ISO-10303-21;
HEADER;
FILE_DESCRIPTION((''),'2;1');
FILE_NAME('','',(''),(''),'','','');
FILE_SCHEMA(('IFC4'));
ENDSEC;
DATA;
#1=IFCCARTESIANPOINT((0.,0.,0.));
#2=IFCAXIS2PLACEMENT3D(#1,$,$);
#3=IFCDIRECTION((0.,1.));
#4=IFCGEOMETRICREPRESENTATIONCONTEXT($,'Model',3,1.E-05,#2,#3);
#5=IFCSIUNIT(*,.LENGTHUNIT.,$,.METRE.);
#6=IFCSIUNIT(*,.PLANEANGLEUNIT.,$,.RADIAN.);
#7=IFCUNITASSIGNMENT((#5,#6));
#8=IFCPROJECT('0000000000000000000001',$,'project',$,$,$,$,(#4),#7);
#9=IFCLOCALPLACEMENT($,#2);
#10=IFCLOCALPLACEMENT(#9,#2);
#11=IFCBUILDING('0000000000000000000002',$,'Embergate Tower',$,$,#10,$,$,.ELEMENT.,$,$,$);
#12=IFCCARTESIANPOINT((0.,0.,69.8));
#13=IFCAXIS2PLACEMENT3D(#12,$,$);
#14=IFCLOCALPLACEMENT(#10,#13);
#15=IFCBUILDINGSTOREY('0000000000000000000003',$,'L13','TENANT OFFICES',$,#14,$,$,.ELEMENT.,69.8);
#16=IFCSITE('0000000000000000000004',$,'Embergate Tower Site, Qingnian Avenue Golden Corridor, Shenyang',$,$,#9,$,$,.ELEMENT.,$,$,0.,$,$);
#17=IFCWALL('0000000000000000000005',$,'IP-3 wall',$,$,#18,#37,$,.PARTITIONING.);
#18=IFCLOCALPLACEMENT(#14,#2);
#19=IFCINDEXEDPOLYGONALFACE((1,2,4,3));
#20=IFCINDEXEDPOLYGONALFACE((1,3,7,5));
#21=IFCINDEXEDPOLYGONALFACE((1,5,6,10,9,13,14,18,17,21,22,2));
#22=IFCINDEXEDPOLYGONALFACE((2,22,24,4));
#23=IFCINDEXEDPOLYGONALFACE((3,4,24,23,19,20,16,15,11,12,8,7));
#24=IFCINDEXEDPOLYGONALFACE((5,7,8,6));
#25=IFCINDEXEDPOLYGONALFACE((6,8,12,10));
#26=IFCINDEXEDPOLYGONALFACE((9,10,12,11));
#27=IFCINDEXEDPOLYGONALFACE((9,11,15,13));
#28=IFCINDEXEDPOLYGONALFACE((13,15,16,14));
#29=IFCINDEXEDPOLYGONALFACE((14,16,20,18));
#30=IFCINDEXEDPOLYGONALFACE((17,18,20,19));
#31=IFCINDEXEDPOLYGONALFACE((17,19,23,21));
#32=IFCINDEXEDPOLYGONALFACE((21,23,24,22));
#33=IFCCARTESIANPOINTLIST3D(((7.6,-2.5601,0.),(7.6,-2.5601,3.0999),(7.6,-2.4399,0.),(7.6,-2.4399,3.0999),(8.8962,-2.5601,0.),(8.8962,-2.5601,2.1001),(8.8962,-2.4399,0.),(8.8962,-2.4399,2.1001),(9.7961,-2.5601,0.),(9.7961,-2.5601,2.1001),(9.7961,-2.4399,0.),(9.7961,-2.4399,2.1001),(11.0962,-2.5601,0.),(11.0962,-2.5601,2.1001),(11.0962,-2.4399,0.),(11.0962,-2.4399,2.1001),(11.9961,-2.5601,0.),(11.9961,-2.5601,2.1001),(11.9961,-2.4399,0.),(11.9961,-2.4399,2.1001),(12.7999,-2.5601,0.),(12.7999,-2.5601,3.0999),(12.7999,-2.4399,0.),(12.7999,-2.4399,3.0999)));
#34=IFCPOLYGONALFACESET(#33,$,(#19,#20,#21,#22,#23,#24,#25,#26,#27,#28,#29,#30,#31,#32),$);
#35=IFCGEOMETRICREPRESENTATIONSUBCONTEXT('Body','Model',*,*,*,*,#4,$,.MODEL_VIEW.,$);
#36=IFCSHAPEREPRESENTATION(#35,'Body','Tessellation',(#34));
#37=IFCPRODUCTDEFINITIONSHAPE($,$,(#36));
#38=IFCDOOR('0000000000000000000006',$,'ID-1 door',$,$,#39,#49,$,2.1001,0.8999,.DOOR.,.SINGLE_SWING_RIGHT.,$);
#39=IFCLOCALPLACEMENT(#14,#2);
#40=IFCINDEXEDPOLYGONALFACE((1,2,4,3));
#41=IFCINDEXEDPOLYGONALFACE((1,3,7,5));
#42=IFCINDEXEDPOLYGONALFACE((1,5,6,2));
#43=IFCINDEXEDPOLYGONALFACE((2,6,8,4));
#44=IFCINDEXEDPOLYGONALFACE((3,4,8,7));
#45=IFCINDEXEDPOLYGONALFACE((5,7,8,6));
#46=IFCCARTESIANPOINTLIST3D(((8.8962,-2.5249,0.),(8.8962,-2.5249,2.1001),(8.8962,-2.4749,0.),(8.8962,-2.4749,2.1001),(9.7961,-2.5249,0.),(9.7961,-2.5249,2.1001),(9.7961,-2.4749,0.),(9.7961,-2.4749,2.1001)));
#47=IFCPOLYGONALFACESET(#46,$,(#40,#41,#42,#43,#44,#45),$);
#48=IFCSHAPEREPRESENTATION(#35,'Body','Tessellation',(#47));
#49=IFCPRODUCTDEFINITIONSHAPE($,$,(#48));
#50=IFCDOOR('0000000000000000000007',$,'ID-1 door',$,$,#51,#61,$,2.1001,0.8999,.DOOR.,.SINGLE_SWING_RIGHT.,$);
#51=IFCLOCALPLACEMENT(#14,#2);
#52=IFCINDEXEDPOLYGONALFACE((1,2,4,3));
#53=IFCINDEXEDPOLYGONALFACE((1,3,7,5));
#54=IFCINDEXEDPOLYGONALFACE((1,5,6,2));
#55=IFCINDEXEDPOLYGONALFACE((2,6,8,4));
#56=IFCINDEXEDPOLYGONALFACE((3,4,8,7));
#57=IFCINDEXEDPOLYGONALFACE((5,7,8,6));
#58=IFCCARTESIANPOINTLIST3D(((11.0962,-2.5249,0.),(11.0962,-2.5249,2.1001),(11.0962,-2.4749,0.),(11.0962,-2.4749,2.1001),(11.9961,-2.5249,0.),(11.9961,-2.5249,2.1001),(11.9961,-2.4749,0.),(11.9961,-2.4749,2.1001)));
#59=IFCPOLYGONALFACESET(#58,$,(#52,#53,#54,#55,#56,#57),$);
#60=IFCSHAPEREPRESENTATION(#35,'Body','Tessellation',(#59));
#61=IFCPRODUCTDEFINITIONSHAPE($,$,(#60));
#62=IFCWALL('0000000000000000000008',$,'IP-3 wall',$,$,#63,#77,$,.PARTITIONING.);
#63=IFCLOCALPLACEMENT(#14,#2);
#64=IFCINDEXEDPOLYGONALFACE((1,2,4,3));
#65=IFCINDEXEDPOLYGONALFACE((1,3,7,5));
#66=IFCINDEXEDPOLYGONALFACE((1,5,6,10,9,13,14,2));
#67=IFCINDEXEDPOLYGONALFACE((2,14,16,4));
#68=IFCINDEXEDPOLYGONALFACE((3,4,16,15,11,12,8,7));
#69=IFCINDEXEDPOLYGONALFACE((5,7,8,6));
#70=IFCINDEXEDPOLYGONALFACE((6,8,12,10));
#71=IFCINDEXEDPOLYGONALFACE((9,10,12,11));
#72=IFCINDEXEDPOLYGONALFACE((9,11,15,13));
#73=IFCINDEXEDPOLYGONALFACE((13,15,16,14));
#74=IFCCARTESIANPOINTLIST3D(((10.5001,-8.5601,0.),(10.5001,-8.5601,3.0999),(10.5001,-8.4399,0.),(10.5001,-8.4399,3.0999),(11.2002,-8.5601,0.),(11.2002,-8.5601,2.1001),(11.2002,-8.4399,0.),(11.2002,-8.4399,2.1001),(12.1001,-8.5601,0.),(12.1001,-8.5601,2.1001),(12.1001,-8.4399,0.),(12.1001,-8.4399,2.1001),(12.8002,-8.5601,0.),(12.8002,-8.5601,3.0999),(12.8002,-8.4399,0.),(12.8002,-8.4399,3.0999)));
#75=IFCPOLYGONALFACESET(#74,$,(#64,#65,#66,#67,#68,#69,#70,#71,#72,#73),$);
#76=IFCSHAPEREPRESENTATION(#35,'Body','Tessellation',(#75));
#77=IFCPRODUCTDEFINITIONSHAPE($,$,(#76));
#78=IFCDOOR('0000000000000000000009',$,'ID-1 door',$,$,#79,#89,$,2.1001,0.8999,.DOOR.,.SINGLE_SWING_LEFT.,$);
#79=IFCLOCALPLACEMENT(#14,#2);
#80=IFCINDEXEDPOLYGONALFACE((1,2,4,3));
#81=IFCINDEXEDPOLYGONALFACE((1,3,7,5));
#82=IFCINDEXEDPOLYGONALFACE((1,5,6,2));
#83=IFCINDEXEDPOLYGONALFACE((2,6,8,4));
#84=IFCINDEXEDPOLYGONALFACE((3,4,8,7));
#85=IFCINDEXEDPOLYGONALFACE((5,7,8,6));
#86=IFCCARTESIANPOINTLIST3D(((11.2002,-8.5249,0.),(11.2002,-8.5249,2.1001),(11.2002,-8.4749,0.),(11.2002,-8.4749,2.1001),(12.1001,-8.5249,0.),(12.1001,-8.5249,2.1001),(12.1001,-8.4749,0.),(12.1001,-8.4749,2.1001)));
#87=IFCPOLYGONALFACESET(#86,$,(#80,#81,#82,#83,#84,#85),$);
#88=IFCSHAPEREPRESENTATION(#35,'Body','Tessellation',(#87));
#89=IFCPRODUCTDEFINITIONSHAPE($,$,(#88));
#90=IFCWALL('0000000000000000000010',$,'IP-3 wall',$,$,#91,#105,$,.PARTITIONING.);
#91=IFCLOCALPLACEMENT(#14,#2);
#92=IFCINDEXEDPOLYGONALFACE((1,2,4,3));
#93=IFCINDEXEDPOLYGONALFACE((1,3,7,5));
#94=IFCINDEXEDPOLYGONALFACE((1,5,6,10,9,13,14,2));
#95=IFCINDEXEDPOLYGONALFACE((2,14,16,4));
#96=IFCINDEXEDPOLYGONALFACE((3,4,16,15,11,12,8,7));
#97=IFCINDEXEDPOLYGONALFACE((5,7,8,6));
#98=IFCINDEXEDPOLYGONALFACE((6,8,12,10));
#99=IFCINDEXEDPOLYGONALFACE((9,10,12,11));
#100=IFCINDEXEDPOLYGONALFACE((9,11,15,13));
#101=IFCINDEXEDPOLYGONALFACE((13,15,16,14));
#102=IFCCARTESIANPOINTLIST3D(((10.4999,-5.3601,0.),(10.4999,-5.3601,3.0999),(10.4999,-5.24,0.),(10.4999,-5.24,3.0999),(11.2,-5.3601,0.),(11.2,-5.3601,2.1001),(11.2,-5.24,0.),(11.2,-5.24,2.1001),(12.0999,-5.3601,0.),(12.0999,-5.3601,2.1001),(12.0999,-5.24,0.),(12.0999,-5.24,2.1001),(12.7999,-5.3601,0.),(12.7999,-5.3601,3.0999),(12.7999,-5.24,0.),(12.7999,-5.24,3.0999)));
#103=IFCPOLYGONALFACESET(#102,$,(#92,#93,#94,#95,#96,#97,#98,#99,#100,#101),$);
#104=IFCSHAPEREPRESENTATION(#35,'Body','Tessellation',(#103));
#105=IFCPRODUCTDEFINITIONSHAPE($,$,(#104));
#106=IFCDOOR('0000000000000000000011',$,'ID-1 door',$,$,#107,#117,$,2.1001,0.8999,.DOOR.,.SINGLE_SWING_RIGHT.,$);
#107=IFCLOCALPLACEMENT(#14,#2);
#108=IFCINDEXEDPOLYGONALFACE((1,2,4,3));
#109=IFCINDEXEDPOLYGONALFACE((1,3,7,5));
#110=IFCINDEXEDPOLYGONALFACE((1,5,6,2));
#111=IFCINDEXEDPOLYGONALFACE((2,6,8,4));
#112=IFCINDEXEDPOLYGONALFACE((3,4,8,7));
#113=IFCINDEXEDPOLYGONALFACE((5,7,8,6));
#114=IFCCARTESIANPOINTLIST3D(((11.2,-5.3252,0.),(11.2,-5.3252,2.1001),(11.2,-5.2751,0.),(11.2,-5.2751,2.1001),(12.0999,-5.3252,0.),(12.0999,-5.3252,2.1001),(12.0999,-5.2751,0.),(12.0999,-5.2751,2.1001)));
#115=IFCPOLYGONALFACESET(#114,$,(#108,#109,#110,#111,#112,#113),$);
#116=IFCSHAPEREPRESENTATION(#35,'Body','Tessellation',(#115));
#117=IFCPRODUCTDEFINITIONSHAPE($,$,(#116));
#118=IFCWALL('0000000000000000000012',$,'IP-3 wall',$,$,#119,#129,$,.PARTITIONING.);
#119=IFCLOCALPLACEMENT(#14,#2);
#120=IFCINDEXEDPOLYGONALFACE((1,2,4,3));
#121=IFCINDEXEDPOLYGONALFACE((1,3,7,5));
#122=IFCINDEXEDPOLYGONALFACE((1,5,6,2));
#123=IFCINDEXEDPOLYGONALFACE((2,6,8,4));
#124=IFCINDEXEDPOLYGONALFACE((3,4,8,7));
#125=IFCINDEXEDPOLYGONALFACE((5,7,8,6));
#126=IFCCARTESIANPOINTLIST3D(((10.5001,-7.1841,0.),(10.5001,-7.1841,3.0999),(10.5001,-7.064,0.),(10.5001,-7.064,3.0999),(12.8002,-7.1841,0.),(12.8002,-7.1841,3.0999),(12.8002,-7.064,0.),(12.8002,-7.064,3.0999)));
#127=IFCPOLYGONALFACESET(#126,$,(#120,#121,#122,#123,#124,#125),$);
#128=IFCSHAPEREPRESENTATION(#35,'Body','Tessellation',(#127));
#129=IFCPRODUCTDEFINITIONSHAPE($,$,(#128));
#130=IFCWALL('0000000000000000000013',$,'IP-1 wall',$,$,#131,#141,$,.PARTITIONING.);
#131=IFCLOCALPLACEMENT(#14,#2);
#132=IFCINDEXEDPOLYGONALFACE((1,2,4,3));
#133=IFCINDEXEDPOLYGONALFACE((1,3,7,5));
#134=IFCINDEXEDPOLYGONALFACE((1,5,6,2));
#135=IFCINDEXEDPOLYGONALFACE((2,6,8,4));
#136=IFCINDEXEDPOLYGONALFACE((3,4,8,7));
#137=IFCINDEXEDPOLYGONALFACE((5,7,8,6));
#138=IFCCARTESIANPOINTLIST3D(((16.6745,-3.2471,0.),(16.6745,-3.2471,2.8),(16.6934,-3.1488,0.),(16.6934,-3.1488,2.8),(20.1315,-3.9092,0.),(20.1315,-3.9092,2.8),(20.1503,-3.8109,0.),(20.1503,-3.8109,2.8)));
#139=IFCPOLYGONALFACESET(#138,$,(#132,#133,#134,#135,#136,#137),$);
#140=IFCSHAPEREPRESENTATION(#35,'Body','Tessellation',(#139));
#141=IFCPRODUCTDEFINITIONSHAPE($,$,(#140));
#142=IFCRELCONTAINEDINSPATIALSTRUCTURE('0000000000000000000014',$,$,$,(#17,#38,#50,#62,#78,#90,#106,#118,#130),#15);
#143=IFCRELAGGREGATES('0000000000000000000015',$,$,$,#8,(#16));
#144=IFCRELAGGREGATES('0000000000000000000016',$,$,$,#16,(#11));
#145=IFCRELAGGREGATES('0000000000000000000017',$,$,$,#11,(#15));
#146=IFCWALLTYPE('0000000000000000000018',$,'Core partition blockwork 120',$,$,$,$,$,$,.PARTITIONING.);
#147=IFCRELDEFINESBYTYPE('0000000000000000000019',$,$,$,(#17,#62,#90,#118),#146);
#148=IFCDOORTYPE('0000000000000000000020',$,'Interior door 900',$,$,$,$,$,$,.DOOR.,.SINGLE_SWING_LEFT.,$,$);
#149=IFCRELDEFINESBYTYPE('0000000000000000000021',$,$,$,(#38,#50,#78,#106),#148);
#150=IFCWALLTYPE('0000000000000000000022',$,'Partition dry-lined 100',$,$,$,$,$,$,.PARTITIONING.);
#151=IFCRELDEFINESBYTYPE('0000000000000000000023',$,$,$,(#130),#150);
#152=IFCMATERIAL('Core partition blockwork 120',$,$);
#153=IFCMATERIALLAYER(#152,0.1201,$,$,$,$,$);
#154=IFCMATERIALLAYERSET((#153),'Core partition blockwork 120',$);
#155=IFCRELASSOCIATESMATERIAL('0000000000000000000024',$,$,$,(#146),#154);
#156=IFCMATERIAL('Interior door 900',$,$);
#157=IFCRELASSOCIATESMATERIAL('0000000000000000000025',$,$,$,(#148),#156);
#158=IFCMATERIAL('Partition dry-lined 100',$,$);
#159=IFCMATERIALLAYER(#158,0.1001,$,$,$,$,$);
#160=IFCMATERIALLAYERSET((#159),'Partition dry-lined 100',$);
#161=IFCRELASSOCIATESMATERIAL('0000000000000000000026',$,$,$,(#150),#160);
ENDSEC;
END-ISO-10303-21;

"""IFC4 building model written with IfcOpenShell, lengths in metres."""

from ifc_helpers import new_model, si_unit, direction, frame, frame_2d, origin, place, context, subcontext, project, spatial, rectangle, extrude, source, transform, mapped, material, layer, layer_set, type_object, element, fill, save


model = new_model("IFC4")

# Units and contexts
model_context = context("Model", 3, precision=1e-05, world=origin(), true_north=direction((0.0, 1.0)))
body_context = subcontext(model_context, "Body", "Model", "MODEL_VIEW")
ifc_project = project(units=[si_unit("LENGTHUNIT", "METRE"), si_unit("PLANEANGLEUNIT", "RADIAN")], contexts=[model_context])

# Site, building, storey
site_placement = place(None, origin())
site = spatial("IfcSite", under=ifc_project, at=site_placement, Name="Embergate Tower Site, Qingnian Avenue Golden Corridor, Shenyang", CompositionType="ELEMENT", RefElevation=0.0)
building_placement = place(site_placement, origin())
building = spatial("IfcBuilding", under=site, at=building_placement, Name="Embergate Tower", CompositionType="ELEMENT")
storey_placement = place(building_placement, frame((0.0, 0.0, 69.8)))
storey = spatial("IfcBuildingStorey", under=building, at=storey_placement, Name="L13", Description="TENANT OFFICES", CompositionType="ELEMENT", Elevation=69.8)

# Shared definitions
ifc_material_1 = material(Name="Core partition blockwork 120")
ifc_layer_1 = layer(ifc_material_1, 0.1201)
ifc_layer_set_1 = layer_set([ifc_layer_1], Name="Core partition blockwork 120")
wall_type_1 = type_object("IfcWallType", Name="Core partition blockwork 120", PredefinedType="PARTITIONING", material=ifc_layer_set_1)
shared_shape_1 = source(origin(), body_context, "Body", "SweptSolid", [
    extrude(rectangle(XDim=0.8999, YDim=2.1001, at=frame_2d((0.45, 1.05))), frame((0.0, 0.0701, 0.0), z_axis=(0.0, -1.0, 0.0), x_axis=(1.0, 0.0, 0.0)), (0.0, 0.0, 1.0), 0.1401),
])
ifc_material_2 = material(Name="Interior door 900")
door_type_1 = type_object("IfcDoorType", Name="Interior door 900", OperationType="SINGLE_SWING_LEFT", PredefinedType="DOOR", material=ifc_material_2)
shared_shape_2 = source(origin(), body_context, "Body", "SweptSolid", [
    extrude(rectangle(XDim=0.8999, YDim=2.1001, at=frame_2d((0.45, 1.05))), frame((0.0, 0.0249, 0.0), z_axis=(0.0, -1.0, 0.0), x_axis=(1.0, 0.0, 0.0)), (0.0, 0.0, 1.0), 0.05),
])

# Wall, openings, doors
shared_shape_3 = source(origin(), body_context, "Body", "SweptSolid", [
    extrude(rectangle(XDim=5.2, YDim=0.1201, at=frame_2d((2.6001, 0.0))), origin(), (0.0, 0.0, 1.0), 3.0999),
])
wall_1_placement = place(storey_placement, frame((12.8, -2.5, 0.0), z_axis=(0.0, 0.0, 1.0), x_axis=(-1.0, 0.0, 0.0)))
wall_1 = element("IfcWall", 1, at=wall_1_placement, inside=storey, type_object=wall_type_1, Name="IP-3 wall", PredefinedType="PARTITIONING", context=body_context, shape_type="MappedRepresentation", body=[
    mapped(shared_shape_3, transform((0.0, 0.0, 0.0))),
])
opening_1_placement = place(wall_1_placement, frame((3.0039, 0.0, 0.0)))
opening_1 = element("IfcOpeningElement", 2, at=opening_1_placement, cuts=wall_1, PredefinedType="OPENING", context=body_context, shape_type="MappedRepresentation", body=[
    mapped(shared_shape_1, transform((0.0, 0.0, 0.0))),
])
opening_2_placement = place(wall_1_placement, frame((0.804, 0.0, 0.0)))
opening_2 = element("IfcOpeningElement", 3, at=opening_2_placement, cuts=wall_1, PredefinedType="OPENING", context=body_context, shape_type="MappedRepresentation", body=[
    mapped(shared_shape_1, transform((0.0, 0.0, 0.0))),
])
door_1_placement = place(opening_1_placement, origin())
door_1 = element("IfcDoor", 4, at=door_1_placement, inside=storey, type_object=door_type_1, Name="ID-1 door", OperationType="SINGLE_SWING_RIGHT", OverallHeight=2.1001, OverallWidth=0.8999, PredefinedType="DOOR", context=body_context, shape_type="MappedRepresentation", body=[
    mapped(shared_shape_2, transform((0.0, 0.0, 0.0))),
])
fill(opening_1, door_1)
door_2_placement = place(opening_2_placement, origin())
door_2 = element("IfcDoor", 5, at=door_2_placement, inside=storey, type_object=door_type_1, Name="ID-1 door", OperationType="SINGLE_SWING_RIGHT", OverallHeight=2.1001, OverallWidth=0.8999, PredefinedType="DOOR", context=body_context, shape_type="MappedRepresentation", body=[
    mapped(shared_shape_2, transform((0.0, 0.0, 0.0))),
])
fill(opening_2, door_2)

# Walls, openings, doors
shared_shape_4 = source(origin(), body_context, "Body", "SweptSolid", [
    extrude(rectangle(XDim=2.3, YDim=0.1201, at=frame_2d((1.1499, 0.0))), origin(), (0.0, 0.0, 1.0), 3.0999),
])
wall_2_placement = place(storey_placement, frame((12.8, -8.5, 0.0), z_axis=(0.0, 0.0, 1.0), x_axis=(-1.0, 0.0, 0.0)))
wall_2 = element("IfcWall", 6, at=wall_2_placement, inside=storey, type_object=wall_type_1, Name="IP-3 wall", PredefinedType="PARTITIONING", context=body_context, shape_type="MappedRepresentation", body=[
    mapped(shared_shape_4, transform((0.0, 0.0, 0.0))),
])
opening_3_placement = place(wall_2_placement, frame((0.7, 0.0, 0.0)))
opening_3 = element("IfcOpeningElement", 7, at=opening_3_placement, cuts=wall_2, PredefinedType="OPENING", context=body_context, shape_type="MappedRepresentation", body=[
    mapped(shared_shape_1, transform((0.0, 0.0, 0.0))),
])
door_3_placement = place(opening_3_placement, origin())
door_3 = element("IfcDoor", 8, at=door_3_placement, inside=storey, type_object=door_type_1, Name="ID-1 door", OperationType="SINGLE_SWING_LEFT", OverallHeight=2.1001, OverallWidth=0.8999, PredefinedType="DOOR", context=body_context, shape_type="MappedRepresentation", body=[
    mapped(shared_shape_2, transform((0.0, 0.0, 0.0))),
])
fill(opening_3, door_3)
wall_3_placement = place(storey_placement, frame((10.5, -5.3, 0.0), z_axis=(0.0, 0.0, 1.0), x_axis=(1.0, 0.0, 0.0)))
wall_3 = element("IfcWall", 9, at=wall_3_placement, inside=storey, type_object=wall_type_1, Name="IP-3 wall", PredefinedType="PARTITIONING", context=body_context, shape_type="MappedRepresentation", body=[
    mapped(shared_shape_4, transform((0.0, 0.0, 0.0))),
])
opening_4_placement = place(wall_3_placement, frame((0.7, 0.0, 0.0)))
opening_4 = element("IfcOpeningElement", 10, at=opening_4_placement, cuts=wall_3, PredefinedType="OPENING", context=body_context, shape_type="MappedRepresentation", body=[
    mapped(shared_shape_1, transform((0.0, 0.0, 0.0))),
])
door_4_placement = place(opening_4_placement, origin())
door_4 = element("IfcDoor", 11, at=door_4_placement, inside=storey, type_object=door_type_1, Name="ID-1 door", OperationType="SINGLE_SWING_RIGHT", OverallHeight=2.1001, OverallWidth=0.8999, PredefinedType="DOOR", context=body_context, shape_type="MappedRepresentation", body=[
    mapped(shared_shape_2, transform((0.0, 0.0, 0.0))),
])
fill(opening_4, door_4)

# Walls
wall_4_placement = place(storey_placement, frame((12.8, -7.124, 0.0), z_axis=(0.0, 0.0, 1.0), x_axis=(-1.0, 0.0, 0.0)))
element("IfcWall", 12, at=wall_4_placement, inside=storey, type_object=wall_type_1, Name="IP-3 wall", PredefinedType="PARTITIONING", context=body_context, shape_type="MappedRepresentation", body=[
    mapped(shared_shape_4, transform((0.0, 0.0, 0.0))),
])
ifc_material_3 = material(Name="Partition dry-lined 100")
ifc_layer_2 = layer(ifc_material_3, 0.1001)
ifc_layer_set_2 = layer_set([ifc_layer_2], Name="Partition dry-lined 100")
wall_type_2 = type_object("IfcWallType", Name="Partition dry-lined 100", PredefinedType="PARTITIONING", material=ifc_layer_set_2)
shared_shape_5 = source(origin(), body_context, "Body", "SweptSolid", [
    extrude(rectangle(XDim=3.5198, YDim=0.1001, at=frame_2d((1.7598, 0.0))), origin(), (0.0, 0.0, 1.0), 2.8),
])
wall_5_placement = place(storey_placement, frame((16.6841, -3.198, 0.0), z_axis=(0.0, 0.0, 1.0), x_axis=(0.982149, -0.188106, 0.0)))
element("IfcWall", 13, at=wall_5_placement, inside=storey, type_object=wall_type_2, Name="IP-1 wall", PredefinedType="PARTITIONING", context=body_context, shape_type="MappedRepresentation", body=[
    mapped(shared_shape_5, transform((0.0, 0.0, 0.0))),
])

save(model, "model.ifc")
